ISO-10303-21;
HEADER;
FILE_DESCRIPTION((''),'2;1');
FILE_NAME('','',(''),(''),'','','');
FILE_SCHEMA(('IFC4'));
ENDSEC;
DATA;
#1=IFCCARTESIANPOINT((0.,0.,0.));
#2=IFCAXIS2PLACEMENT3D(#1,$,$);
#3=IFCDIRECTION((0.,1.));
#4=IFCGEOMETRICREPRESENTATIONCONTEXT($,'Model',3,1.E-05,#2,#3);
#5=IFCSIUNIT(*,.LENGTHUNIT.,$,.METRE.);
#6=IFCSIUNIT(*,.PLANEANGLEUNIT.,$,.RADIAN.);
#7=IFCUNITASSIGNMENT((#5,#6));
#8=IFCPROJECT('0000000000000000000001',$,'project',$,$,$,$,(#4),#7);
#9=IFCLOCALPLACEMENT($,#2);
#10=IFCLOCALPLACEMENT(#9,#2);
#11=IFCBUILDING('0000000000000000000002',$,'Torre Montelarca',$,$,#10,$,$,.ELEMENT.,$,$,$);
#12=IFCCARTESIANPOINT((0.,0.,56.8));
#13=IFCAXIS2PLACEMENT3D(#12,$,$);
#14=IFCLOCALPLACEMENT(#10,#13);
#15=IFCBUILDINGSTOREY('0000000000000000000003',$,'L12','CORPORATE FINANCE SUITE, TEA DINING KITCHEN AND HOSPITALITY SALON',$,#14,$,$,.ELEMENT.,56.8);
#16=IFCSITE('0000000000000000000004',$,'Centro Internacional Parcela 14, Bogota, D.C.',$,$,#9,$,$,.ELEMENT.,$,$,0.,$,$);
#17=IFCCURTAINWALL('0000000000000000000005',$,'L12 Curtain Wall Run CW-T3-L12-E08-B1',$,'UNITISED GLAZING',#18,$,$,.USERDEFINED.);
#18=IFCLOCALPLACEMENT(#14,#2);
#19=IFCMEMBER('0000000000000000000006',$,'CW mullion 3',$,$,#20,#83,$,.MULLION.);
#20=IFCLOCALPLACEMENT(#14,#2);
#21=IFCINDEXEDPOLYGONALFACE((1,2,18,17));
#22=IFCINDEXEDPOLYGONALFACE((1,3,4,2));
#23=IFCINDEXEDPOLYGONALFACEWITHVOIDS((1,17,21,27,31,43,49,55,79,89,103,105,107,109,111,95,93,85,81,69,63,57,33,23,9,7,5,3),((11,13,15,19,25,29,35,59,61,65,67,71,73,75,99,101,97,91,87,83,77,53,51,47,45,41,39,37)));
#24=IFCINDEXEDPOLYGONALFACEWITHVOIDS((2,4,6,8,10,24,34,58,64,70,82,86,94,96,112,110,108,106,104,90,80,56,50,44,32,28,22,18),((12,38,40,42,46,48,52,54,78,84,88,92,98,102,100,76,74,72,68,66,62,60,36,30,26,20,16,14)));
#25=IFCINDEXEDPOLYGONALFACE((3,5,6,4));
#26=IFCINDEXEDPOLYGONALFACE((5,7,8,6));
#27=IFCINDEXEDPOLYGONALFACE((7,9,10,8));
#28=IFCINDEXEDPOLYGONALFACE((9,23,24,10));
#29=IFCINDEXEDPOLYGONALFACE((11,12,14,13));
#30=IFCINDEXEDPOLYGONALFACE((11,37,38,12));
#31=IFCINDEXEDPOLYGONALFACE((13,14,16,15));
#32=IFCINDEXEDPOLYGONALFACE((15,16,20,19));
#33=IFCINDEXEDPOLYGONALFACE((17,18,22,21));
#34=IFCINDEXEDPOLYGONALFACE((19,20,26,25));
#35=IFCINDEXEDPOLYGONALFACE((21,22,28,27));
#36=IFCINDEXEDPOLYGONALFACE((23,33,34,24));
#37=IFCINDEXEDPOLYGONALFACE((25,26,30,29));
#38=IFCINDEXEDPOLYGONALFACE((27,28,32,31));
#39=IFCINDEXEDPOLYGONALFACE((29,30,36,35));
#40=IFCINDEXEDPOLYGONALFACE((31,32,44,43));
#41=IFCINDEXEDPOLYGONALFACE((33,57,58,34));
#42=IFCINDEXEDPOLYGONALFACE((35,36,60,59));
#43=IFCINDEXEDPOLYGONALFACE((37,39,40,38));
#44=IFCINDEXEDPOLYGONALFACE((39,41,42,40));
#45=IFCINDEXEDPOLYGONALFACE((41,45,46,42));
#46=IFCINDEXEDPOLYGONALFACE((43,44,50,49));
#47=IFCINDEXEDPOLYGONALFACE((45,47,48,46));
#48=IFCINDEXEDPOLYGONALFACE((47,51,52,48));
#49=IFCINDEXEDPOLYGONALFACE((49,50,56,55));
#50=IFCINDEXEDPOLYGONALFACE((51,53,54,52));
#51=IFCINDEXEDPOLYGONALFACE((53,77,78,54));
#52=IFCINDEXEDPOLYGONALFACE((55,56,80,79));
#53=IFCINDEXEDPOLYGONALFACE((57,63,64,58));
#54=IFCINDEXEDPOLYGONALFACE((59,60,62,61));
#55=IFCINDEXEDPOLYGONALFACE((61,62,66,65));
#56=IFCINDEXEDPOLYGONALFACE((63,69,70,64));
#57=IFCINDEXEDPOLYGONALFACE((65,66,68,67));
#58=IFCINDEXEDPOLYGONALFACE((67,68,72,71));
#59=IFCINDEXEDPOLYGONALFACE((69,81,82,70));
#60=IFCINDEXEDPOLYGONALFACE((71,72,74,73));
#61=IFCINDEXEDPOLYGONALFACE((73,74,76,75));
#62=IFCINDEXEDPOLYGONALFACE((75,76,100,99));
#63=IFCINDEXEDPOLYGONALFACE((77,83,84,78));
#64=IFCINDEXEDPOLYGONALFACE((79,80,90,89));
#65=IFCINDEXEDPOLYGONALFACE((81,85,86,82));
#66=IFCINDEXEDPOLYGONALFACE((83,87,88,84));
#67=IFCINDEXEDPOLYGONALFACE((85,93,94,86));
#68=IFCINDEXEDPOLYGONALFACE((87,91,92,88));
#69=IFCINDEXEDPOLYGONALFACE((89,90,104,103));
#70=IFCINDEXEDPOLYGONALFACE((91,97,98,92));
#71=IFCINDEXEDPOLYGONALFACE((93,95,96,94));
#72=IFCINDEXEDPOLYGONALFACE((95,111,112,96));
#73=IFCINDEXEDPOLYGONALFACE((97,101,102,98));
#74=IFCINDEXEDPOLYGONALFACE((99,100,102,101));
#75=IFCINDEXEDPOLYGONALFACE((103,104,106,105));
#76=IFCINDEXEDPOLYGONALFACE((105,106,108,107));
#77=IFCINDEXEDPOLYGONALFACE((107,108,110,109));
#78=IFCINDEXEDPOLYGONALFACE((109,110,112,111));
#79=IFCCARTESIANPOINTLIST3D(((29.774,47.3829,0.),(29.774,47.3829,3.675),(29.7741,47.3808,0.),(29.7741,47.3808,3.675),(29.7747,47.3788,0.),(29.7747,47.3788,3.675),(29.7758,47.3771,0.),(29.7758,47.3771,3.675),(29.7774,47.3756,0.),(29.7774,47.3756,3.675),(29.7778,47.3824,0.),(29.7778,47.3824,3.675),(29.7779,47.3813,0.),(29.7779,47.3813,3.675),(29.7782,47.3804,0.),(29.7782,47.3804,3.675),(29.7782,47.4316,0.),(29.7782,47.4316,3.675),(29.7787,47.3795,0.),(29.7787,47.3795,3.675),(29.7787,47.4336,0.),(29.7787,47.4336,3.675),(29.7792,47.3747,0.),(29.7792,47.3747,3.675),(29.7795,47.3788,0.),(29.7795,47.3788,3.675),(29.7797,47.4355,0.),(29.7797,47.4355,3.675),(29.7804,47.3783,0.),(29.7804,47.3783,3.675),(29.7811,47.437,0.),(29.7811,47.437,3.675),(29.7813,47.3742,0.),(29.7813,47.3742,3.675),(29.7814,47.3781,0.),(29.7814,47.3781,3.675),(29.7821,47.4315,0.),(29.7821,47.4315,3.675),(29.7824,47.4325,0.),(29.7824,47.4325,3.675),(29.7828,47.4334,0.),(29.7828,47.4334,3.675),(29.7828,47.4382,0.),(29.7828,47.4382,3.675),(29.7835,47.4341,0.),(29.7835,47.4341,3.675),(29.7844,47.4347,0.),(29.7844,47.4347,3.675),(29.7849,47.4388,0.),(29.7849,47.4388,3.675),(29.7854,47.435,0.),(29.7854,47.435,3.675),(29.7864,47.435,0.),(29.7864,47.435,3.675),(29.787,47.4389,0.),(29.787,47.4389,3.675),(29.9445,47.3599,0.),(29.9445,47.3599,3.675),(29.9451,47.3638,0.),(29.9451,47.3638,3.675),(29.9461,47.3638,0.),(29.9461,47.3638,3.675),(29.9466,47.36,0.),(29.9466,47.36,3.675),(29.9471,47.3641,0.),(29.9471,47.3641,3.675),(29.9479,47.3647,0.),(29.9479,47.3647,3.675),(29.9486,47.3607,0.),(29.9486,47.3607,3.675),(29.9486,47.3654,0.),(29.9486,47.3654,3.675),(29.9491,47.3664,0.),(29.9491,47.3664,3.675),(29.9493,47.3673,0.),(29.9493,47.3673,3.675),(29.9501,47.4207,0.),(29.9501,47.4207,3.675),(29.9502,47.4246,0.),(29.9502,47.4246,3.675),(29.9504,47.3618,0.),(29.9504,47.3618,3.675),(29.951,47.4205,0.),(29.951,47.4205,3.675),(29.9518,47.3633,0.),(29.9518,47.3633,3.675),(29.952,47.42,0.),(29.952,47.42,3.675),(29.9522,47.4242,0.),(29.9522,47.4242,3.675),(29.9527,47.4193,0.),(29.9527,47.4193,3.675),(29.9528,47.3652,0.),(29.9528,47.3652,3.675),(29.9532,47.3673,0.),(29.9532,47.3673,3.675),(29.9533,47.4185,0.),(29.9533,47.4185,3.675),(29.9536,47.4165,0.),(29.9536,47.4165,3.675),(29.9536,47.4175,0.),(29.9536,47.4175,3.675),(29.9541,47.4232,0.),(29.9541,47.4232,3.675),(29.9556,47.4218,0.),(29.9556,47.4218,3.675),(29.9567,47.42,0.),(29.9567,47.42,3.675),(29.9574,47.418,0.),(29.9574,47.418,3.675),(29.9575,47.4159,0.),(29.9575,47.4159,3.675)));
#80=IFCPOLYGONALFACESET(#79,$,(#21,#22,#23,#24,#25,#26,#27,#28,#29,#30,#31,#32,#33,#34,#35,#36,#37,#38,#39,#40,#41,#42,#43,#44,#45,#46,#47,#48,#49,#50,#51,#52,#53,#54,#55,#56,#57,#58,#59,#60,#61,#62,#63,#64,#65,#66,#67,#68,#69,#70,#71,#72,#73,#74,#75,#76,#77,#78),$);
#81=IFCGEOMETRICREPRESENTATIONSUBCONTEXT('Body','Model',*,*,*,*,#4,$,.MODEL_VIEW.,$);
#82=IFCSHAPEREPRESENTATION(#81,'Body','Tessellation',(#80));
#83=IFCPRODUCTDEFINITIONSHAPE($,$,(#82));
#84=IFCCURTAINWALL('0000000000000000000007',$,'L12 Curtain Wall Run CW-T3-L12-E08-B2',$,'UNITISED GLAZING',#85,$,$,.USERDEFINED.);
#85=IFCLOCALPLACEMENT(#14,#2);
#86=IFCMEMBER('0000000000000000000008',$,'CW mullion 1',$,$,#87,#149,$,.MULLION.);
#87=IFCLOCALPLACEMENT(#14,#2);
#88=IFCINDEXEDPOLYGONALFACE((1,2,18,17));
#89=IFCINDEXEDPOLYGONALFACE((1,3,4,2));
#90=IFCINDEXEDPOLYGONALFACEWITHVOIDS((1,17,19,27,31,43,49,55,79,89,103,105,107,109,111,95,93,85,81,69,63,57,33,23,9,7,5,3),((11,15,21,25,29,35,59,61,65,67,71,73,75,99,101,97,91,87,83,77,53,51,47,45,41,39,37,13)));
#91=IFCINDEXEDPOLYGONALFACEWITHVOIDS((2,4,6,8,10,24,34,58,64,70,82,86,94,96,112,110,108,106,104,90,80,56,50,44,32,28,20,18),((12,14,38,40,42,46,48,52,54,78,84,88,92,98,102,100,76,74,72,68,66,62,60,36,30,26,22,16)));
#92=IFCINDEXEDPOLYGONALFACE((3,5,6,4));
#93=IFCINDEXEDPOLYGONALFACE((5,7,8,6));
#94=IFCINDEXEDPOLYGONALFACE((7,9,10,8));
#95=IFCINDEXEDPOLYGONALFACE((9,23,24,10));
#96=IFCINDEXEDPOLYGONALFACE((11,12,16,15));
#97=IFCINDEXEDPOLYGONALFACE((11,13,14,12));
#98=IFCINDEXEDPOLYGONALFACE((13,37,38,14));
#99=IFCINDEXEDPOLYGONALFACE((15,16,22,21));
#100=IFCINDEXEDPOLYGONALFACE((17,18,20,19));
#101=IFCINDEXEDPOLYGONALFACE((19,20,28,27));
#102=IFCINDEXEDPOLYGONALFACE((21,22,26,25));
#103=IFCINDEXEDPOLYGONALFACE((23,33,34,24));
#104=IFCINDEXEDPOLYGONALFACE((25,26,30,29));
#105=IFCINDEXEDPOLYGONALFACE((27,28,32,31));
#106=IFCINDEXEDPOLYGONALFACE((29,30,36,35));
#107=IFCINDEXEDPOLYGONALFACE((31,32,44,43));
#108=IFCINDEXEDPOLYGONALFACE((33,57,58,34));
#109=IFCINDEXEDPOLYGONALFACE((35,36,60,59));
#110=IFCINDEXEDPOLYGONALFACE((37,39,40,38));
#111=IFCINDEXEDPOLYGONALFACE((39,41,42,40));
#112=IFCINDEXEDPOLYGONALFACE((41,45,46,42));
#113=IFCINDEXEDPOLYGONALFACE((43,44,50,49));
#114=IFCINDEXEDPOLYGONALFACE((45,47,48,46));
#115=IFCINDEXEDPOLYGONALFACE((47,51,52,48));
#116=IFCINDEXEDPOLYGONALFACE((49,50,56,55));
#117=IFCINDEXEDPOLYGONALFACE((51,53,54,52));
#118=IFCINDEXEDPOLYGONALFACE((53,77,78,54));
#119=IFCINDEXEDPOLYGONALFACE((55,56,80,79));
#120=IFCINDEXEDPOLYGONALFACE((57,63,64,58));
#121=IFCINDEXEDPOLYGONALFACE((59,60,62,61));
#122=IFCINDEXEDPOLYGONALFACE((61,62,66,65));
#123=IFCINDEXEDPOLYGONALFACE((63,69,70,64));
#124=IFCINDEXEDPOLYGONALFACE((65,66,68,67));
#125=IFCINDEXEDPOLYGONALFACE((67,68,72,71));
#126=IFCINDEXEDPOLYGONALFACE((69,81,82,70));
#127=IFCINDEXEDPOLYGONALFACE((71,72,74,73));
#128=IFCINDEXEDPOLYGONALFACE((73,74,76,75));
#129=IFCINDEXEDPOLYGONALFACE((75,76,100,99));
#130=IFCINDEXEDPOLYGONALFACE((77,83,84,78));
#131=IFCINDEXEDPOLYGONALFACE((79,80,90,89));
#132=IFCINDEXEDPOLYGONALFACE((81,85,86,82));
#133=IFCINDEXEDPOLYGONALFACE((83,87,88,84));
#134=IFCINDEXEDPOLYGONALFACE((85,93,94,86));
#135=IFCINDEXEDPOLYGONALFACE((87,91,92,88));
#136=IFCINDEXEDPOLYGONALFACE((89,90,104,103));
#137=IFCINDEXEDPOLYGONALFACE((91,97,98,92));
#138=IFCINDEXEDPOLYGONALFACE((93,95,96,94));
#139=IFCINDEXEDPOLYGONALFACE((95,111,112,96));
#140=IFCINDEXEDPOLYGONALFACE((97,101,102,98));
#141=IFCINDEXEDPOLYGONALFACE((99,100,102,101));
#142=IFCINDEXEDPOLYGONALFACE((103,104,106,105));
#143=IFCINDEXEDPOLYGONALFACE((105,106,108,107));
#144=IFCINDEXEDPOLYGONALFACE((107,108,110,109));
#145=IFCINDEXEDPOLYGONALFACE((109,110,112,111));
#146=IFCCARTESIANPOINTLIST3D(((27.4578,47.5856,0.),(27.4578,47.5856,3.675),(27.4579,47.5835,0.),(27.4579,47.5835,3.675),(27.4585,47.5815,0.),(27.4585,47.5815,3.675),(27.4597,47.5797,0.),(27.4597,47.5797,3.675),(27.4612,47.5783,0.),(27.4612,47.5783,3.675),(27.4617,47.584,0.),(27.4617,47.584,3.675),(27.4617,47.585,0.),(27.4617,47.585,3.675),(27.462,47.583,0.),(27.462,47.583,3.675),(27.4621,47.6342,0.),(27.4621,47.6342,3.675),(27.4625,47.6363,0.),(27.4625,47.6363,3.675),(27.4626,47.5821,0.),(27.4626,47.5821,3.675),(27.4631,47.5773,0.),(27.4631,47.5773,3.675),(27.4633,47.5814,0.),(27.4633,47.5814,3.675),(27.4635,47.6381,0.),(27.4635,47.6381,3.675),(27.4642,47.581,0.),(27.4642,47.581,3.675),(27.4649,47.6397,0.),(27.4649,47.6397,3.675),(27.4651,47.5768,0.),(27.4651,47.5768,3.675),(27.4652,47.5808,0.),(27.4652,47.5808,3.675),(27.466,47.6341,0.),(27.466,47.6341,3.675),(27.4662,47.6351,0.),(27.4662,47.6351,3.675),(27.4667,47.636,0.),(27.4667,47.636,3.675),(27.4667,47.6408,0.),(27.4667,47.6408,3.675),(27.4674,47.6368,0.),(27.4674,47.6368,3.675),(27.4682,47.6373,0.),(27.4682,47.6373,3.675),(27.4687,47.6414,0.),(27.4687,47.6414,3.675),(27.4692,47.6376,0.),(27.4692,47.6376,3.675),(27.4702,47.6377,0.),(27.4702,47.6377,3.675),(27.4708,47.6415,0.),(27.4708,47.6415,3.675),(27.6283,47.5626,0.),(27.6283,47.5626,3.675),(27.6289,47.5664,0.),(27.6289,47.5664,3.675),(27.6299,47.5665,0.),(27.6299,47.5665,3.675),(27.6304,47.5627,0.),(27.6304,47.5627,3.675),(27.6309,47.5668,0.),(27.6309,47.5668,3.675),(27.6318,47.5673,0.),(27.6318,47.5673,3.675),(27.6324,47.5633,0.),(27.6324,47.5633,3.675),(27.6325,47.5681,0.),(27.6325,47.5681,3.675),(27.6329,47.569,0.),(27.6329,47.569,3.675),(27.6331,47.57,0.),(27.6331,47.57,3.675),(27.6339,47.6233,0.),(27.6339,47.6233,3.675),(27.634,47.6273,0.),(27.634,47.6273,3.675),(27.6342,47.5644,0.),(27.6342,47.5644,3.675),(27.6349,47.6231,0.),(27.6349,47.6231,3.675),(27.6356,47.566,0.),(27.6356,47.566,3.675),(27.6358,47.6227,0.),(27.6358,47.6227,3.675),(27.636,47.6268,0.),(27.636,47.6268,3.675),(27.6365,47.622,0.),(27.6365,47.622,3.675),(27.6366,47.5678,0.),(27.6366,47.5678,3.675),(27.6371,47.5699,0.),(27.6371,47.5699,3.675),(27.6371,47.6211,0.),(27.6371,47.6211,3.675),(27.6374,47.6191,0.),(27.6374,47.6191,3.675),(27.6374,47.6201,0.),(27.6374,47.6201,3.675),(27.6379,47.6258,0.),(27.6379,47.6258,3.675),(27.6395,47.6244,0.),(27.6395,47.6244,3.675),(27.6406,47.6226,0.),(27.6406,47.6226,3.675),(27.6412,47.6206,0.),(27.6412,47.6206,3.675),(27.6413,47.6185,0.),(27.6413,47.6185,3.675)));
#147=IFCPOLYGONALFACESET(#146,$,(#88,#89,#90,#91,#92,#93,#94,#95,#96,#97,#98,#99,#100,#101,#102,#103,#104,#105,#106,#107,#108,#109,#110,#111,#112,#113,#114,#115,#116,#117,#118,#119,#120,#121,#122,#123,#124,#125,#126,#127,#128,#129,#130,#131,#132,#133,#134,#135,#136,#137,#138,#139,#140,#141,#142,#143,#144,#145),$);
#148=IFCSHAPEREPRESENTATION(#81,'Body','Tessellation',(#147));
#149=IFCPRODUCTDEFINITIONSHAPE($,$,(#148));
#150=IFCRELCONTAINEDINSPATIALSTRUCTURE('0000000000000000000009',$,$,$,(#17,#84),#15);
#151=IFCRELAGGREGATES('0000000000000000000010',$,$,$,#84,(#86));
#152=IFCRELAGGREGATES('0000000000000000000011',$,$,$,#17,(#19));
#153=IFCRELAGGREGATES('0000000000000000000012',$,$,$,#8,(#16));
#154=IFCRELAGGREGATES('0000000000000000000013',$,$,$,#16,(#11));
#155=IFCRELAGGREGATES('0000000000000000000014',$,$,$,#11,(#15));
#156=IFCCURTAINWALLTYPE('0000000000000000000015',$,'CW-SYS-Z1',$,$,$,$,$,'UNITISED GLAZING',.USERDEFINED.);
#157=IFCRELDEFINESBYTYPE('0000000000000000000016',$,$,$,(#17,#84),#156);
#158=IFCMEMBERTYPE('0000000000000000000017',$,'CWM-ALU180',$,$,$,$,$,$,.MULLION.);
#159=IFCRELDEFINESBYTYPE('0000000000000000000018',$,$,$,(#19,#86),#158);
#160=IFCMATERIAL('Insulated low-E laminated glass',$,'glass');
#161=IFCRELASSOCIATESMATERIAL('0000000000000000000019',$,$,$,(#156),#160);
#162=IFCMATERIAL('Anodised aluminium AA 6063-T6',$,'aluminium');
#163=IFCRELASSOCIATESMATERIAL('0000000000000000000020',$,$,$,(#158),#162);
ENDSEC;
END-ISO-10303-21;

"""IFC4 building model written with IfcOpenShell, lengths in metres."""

from ifc_helpers import new_model, si_unit, direction, frame, origin, origin_2d, place, context, subcontext, project, spatial, hollow_rectangle, extrude, source, transform, mapped, material, material_profile, profile_set, type_object, element, aggregate, save


model = new_model("IFC4")

# Units and contexts
model_context = context("Model", 3, precision=1e-05, world=origin(), true_north=direction((0.0, 1.0)))
body_context = subcontext(model_context, "Body", "Model", "MODEL_VIEW")
ifc_project = project(units=[si_unit("LENGTHUNIT", "METRE"), si_unit("PLANEANGLEUNIT", "RADIAN")], contexts=[model_context])

# Site, building, storey
site_placement = place(None, origin())
site = spatial("IfcSite", under=ifc_project, at=site_placement, Name="Centro Internacional Parcela 14, Bogota, D.C.", CompositionType="ELEMENT", RefElevation=0.0)
building_placement = place(site_placement, origin())
building = spatial("IfcBuilding", under=site, at=building_placement, Name="Torre Montelarca", CompositionType="ELEMENT")
storey_placement = place(building_placement, frame((0.0, 0.0, 56.8)))
storey = spatial("IfcBuildingStorey", under=building, at=storey_placement, Name="L12", Description="CORPORATE FINANCE SUITE, TEA DINING KITCHEN AND HOSPITALITY SALON", CompositionType="ELEMENT", Elevation=56.8)

# Curtain walls, members
ifc_material_1 = material(Name="Insulated low-E laminated glass", Category="glass")
curtain_wall_type = type_object("IfcCurtainWallType", Name="CW-SYS-Z1", ElementType="UNITISED GLAZING", PredefinedType="USERDEFINED", material=ifc_material_1)
curtain_wall_1_placement = place(storey_placement, origin())
curtain_wall_1 = element("IfcCurtainWall", 1, at=curtain_wall_1_placement, inside=storey, type_object=curtain_wall_type, Name="L12 Curtain Wall Run CW-T3-L12-E08-B1", ObjectType="UNITISED GLAZING", PredefinedType="USERDEFINED")
ifc_material_2 = material(Name="Anodised aluminium AA 6063-T6", Category="aluminium")
ifc_material_profile_1 = material_profile(ifc_material_2, hollow_rectangle(XDim=0.0649, YDim=0.1799, WallThickness=0.0039, InnerFilletRadius=0.0039, OuterFilletRadius=0.0081, at=origin_2d()), Name="ALU65X180X4", Category="aluminium")
ifc_profile_set_1 = profile_set([ifc_material_profile_1], Name="Anodised aluminium AA 6063-T6")
member_type_1 = type_object("IfcMemberType", Name="CWM-ALU180", PredefinedType="MULLION", material=ifc_profile_set_1)
shared_shape_1 = source(origin(), body_context, "Body", "SweptSolid", [
    extrude(hollow_rectangle(XDim=0.0649, YDim=0.1799, WallThickness=0.0039, InnerFilletRadius=0.0039, OuterFilletRadius=0.0081, at=origin_2d()), origin(), (0.0, 0.0, 1.0), 3.675),
])
member_1_placement = place(storey_placement, frame((29.8657, 47.3994, 0.0), z_axis=(0.0, 0.0, 1.0), x_axis=(-0.087158, -0.996195, 0.0)))
member_1 = element("IfcMember", 2, at=member_1_placement, type_object=member_type_1, Name="CW mullion 3", PredefinedType="MULLION", context=body_context, shape_type="MappedRepresentation", body=[
    mapped(shared_shape_1, transform((0.0, 0.0, 0.0), scale=1.0)),
])
curtain_wall_2_placement = place(storey_placement, origin())
curtain_wall_2 = element("IfcCurtainWall", 3, at=curtain_wall_2_placement, inside=storey, type_object=curtain_wall_type, Name="L12 Curtain Wall Run CW-T3-L12-E08-B2", ObjectType="UNITISED GLAZING", PredefinedType="USERDEFINED")
member_2_placement = place(storey_placement, frame((27.5496, 47.6021, 0.0), z_axis=(0.0, 0.0, 1.0), x_axis=(-0.087165, -0.996194, 0.0)))
member_2 = element("IfcMember", 4, at=member_2_placement, type_object=member_type_1, Name="CW mullion 1", PredefinedType="MULLION", context=body_context, shape_type="MappedRepresentation", body=[
    mapped(shared_shape_1, transform((0.0, 0.0, 0.0), scale=1.0)),
])

aggregate(curtain_wall_2, [member_2])
aggregate(curtain_wall_1, [member_1])

save(model, "model.ifc")
